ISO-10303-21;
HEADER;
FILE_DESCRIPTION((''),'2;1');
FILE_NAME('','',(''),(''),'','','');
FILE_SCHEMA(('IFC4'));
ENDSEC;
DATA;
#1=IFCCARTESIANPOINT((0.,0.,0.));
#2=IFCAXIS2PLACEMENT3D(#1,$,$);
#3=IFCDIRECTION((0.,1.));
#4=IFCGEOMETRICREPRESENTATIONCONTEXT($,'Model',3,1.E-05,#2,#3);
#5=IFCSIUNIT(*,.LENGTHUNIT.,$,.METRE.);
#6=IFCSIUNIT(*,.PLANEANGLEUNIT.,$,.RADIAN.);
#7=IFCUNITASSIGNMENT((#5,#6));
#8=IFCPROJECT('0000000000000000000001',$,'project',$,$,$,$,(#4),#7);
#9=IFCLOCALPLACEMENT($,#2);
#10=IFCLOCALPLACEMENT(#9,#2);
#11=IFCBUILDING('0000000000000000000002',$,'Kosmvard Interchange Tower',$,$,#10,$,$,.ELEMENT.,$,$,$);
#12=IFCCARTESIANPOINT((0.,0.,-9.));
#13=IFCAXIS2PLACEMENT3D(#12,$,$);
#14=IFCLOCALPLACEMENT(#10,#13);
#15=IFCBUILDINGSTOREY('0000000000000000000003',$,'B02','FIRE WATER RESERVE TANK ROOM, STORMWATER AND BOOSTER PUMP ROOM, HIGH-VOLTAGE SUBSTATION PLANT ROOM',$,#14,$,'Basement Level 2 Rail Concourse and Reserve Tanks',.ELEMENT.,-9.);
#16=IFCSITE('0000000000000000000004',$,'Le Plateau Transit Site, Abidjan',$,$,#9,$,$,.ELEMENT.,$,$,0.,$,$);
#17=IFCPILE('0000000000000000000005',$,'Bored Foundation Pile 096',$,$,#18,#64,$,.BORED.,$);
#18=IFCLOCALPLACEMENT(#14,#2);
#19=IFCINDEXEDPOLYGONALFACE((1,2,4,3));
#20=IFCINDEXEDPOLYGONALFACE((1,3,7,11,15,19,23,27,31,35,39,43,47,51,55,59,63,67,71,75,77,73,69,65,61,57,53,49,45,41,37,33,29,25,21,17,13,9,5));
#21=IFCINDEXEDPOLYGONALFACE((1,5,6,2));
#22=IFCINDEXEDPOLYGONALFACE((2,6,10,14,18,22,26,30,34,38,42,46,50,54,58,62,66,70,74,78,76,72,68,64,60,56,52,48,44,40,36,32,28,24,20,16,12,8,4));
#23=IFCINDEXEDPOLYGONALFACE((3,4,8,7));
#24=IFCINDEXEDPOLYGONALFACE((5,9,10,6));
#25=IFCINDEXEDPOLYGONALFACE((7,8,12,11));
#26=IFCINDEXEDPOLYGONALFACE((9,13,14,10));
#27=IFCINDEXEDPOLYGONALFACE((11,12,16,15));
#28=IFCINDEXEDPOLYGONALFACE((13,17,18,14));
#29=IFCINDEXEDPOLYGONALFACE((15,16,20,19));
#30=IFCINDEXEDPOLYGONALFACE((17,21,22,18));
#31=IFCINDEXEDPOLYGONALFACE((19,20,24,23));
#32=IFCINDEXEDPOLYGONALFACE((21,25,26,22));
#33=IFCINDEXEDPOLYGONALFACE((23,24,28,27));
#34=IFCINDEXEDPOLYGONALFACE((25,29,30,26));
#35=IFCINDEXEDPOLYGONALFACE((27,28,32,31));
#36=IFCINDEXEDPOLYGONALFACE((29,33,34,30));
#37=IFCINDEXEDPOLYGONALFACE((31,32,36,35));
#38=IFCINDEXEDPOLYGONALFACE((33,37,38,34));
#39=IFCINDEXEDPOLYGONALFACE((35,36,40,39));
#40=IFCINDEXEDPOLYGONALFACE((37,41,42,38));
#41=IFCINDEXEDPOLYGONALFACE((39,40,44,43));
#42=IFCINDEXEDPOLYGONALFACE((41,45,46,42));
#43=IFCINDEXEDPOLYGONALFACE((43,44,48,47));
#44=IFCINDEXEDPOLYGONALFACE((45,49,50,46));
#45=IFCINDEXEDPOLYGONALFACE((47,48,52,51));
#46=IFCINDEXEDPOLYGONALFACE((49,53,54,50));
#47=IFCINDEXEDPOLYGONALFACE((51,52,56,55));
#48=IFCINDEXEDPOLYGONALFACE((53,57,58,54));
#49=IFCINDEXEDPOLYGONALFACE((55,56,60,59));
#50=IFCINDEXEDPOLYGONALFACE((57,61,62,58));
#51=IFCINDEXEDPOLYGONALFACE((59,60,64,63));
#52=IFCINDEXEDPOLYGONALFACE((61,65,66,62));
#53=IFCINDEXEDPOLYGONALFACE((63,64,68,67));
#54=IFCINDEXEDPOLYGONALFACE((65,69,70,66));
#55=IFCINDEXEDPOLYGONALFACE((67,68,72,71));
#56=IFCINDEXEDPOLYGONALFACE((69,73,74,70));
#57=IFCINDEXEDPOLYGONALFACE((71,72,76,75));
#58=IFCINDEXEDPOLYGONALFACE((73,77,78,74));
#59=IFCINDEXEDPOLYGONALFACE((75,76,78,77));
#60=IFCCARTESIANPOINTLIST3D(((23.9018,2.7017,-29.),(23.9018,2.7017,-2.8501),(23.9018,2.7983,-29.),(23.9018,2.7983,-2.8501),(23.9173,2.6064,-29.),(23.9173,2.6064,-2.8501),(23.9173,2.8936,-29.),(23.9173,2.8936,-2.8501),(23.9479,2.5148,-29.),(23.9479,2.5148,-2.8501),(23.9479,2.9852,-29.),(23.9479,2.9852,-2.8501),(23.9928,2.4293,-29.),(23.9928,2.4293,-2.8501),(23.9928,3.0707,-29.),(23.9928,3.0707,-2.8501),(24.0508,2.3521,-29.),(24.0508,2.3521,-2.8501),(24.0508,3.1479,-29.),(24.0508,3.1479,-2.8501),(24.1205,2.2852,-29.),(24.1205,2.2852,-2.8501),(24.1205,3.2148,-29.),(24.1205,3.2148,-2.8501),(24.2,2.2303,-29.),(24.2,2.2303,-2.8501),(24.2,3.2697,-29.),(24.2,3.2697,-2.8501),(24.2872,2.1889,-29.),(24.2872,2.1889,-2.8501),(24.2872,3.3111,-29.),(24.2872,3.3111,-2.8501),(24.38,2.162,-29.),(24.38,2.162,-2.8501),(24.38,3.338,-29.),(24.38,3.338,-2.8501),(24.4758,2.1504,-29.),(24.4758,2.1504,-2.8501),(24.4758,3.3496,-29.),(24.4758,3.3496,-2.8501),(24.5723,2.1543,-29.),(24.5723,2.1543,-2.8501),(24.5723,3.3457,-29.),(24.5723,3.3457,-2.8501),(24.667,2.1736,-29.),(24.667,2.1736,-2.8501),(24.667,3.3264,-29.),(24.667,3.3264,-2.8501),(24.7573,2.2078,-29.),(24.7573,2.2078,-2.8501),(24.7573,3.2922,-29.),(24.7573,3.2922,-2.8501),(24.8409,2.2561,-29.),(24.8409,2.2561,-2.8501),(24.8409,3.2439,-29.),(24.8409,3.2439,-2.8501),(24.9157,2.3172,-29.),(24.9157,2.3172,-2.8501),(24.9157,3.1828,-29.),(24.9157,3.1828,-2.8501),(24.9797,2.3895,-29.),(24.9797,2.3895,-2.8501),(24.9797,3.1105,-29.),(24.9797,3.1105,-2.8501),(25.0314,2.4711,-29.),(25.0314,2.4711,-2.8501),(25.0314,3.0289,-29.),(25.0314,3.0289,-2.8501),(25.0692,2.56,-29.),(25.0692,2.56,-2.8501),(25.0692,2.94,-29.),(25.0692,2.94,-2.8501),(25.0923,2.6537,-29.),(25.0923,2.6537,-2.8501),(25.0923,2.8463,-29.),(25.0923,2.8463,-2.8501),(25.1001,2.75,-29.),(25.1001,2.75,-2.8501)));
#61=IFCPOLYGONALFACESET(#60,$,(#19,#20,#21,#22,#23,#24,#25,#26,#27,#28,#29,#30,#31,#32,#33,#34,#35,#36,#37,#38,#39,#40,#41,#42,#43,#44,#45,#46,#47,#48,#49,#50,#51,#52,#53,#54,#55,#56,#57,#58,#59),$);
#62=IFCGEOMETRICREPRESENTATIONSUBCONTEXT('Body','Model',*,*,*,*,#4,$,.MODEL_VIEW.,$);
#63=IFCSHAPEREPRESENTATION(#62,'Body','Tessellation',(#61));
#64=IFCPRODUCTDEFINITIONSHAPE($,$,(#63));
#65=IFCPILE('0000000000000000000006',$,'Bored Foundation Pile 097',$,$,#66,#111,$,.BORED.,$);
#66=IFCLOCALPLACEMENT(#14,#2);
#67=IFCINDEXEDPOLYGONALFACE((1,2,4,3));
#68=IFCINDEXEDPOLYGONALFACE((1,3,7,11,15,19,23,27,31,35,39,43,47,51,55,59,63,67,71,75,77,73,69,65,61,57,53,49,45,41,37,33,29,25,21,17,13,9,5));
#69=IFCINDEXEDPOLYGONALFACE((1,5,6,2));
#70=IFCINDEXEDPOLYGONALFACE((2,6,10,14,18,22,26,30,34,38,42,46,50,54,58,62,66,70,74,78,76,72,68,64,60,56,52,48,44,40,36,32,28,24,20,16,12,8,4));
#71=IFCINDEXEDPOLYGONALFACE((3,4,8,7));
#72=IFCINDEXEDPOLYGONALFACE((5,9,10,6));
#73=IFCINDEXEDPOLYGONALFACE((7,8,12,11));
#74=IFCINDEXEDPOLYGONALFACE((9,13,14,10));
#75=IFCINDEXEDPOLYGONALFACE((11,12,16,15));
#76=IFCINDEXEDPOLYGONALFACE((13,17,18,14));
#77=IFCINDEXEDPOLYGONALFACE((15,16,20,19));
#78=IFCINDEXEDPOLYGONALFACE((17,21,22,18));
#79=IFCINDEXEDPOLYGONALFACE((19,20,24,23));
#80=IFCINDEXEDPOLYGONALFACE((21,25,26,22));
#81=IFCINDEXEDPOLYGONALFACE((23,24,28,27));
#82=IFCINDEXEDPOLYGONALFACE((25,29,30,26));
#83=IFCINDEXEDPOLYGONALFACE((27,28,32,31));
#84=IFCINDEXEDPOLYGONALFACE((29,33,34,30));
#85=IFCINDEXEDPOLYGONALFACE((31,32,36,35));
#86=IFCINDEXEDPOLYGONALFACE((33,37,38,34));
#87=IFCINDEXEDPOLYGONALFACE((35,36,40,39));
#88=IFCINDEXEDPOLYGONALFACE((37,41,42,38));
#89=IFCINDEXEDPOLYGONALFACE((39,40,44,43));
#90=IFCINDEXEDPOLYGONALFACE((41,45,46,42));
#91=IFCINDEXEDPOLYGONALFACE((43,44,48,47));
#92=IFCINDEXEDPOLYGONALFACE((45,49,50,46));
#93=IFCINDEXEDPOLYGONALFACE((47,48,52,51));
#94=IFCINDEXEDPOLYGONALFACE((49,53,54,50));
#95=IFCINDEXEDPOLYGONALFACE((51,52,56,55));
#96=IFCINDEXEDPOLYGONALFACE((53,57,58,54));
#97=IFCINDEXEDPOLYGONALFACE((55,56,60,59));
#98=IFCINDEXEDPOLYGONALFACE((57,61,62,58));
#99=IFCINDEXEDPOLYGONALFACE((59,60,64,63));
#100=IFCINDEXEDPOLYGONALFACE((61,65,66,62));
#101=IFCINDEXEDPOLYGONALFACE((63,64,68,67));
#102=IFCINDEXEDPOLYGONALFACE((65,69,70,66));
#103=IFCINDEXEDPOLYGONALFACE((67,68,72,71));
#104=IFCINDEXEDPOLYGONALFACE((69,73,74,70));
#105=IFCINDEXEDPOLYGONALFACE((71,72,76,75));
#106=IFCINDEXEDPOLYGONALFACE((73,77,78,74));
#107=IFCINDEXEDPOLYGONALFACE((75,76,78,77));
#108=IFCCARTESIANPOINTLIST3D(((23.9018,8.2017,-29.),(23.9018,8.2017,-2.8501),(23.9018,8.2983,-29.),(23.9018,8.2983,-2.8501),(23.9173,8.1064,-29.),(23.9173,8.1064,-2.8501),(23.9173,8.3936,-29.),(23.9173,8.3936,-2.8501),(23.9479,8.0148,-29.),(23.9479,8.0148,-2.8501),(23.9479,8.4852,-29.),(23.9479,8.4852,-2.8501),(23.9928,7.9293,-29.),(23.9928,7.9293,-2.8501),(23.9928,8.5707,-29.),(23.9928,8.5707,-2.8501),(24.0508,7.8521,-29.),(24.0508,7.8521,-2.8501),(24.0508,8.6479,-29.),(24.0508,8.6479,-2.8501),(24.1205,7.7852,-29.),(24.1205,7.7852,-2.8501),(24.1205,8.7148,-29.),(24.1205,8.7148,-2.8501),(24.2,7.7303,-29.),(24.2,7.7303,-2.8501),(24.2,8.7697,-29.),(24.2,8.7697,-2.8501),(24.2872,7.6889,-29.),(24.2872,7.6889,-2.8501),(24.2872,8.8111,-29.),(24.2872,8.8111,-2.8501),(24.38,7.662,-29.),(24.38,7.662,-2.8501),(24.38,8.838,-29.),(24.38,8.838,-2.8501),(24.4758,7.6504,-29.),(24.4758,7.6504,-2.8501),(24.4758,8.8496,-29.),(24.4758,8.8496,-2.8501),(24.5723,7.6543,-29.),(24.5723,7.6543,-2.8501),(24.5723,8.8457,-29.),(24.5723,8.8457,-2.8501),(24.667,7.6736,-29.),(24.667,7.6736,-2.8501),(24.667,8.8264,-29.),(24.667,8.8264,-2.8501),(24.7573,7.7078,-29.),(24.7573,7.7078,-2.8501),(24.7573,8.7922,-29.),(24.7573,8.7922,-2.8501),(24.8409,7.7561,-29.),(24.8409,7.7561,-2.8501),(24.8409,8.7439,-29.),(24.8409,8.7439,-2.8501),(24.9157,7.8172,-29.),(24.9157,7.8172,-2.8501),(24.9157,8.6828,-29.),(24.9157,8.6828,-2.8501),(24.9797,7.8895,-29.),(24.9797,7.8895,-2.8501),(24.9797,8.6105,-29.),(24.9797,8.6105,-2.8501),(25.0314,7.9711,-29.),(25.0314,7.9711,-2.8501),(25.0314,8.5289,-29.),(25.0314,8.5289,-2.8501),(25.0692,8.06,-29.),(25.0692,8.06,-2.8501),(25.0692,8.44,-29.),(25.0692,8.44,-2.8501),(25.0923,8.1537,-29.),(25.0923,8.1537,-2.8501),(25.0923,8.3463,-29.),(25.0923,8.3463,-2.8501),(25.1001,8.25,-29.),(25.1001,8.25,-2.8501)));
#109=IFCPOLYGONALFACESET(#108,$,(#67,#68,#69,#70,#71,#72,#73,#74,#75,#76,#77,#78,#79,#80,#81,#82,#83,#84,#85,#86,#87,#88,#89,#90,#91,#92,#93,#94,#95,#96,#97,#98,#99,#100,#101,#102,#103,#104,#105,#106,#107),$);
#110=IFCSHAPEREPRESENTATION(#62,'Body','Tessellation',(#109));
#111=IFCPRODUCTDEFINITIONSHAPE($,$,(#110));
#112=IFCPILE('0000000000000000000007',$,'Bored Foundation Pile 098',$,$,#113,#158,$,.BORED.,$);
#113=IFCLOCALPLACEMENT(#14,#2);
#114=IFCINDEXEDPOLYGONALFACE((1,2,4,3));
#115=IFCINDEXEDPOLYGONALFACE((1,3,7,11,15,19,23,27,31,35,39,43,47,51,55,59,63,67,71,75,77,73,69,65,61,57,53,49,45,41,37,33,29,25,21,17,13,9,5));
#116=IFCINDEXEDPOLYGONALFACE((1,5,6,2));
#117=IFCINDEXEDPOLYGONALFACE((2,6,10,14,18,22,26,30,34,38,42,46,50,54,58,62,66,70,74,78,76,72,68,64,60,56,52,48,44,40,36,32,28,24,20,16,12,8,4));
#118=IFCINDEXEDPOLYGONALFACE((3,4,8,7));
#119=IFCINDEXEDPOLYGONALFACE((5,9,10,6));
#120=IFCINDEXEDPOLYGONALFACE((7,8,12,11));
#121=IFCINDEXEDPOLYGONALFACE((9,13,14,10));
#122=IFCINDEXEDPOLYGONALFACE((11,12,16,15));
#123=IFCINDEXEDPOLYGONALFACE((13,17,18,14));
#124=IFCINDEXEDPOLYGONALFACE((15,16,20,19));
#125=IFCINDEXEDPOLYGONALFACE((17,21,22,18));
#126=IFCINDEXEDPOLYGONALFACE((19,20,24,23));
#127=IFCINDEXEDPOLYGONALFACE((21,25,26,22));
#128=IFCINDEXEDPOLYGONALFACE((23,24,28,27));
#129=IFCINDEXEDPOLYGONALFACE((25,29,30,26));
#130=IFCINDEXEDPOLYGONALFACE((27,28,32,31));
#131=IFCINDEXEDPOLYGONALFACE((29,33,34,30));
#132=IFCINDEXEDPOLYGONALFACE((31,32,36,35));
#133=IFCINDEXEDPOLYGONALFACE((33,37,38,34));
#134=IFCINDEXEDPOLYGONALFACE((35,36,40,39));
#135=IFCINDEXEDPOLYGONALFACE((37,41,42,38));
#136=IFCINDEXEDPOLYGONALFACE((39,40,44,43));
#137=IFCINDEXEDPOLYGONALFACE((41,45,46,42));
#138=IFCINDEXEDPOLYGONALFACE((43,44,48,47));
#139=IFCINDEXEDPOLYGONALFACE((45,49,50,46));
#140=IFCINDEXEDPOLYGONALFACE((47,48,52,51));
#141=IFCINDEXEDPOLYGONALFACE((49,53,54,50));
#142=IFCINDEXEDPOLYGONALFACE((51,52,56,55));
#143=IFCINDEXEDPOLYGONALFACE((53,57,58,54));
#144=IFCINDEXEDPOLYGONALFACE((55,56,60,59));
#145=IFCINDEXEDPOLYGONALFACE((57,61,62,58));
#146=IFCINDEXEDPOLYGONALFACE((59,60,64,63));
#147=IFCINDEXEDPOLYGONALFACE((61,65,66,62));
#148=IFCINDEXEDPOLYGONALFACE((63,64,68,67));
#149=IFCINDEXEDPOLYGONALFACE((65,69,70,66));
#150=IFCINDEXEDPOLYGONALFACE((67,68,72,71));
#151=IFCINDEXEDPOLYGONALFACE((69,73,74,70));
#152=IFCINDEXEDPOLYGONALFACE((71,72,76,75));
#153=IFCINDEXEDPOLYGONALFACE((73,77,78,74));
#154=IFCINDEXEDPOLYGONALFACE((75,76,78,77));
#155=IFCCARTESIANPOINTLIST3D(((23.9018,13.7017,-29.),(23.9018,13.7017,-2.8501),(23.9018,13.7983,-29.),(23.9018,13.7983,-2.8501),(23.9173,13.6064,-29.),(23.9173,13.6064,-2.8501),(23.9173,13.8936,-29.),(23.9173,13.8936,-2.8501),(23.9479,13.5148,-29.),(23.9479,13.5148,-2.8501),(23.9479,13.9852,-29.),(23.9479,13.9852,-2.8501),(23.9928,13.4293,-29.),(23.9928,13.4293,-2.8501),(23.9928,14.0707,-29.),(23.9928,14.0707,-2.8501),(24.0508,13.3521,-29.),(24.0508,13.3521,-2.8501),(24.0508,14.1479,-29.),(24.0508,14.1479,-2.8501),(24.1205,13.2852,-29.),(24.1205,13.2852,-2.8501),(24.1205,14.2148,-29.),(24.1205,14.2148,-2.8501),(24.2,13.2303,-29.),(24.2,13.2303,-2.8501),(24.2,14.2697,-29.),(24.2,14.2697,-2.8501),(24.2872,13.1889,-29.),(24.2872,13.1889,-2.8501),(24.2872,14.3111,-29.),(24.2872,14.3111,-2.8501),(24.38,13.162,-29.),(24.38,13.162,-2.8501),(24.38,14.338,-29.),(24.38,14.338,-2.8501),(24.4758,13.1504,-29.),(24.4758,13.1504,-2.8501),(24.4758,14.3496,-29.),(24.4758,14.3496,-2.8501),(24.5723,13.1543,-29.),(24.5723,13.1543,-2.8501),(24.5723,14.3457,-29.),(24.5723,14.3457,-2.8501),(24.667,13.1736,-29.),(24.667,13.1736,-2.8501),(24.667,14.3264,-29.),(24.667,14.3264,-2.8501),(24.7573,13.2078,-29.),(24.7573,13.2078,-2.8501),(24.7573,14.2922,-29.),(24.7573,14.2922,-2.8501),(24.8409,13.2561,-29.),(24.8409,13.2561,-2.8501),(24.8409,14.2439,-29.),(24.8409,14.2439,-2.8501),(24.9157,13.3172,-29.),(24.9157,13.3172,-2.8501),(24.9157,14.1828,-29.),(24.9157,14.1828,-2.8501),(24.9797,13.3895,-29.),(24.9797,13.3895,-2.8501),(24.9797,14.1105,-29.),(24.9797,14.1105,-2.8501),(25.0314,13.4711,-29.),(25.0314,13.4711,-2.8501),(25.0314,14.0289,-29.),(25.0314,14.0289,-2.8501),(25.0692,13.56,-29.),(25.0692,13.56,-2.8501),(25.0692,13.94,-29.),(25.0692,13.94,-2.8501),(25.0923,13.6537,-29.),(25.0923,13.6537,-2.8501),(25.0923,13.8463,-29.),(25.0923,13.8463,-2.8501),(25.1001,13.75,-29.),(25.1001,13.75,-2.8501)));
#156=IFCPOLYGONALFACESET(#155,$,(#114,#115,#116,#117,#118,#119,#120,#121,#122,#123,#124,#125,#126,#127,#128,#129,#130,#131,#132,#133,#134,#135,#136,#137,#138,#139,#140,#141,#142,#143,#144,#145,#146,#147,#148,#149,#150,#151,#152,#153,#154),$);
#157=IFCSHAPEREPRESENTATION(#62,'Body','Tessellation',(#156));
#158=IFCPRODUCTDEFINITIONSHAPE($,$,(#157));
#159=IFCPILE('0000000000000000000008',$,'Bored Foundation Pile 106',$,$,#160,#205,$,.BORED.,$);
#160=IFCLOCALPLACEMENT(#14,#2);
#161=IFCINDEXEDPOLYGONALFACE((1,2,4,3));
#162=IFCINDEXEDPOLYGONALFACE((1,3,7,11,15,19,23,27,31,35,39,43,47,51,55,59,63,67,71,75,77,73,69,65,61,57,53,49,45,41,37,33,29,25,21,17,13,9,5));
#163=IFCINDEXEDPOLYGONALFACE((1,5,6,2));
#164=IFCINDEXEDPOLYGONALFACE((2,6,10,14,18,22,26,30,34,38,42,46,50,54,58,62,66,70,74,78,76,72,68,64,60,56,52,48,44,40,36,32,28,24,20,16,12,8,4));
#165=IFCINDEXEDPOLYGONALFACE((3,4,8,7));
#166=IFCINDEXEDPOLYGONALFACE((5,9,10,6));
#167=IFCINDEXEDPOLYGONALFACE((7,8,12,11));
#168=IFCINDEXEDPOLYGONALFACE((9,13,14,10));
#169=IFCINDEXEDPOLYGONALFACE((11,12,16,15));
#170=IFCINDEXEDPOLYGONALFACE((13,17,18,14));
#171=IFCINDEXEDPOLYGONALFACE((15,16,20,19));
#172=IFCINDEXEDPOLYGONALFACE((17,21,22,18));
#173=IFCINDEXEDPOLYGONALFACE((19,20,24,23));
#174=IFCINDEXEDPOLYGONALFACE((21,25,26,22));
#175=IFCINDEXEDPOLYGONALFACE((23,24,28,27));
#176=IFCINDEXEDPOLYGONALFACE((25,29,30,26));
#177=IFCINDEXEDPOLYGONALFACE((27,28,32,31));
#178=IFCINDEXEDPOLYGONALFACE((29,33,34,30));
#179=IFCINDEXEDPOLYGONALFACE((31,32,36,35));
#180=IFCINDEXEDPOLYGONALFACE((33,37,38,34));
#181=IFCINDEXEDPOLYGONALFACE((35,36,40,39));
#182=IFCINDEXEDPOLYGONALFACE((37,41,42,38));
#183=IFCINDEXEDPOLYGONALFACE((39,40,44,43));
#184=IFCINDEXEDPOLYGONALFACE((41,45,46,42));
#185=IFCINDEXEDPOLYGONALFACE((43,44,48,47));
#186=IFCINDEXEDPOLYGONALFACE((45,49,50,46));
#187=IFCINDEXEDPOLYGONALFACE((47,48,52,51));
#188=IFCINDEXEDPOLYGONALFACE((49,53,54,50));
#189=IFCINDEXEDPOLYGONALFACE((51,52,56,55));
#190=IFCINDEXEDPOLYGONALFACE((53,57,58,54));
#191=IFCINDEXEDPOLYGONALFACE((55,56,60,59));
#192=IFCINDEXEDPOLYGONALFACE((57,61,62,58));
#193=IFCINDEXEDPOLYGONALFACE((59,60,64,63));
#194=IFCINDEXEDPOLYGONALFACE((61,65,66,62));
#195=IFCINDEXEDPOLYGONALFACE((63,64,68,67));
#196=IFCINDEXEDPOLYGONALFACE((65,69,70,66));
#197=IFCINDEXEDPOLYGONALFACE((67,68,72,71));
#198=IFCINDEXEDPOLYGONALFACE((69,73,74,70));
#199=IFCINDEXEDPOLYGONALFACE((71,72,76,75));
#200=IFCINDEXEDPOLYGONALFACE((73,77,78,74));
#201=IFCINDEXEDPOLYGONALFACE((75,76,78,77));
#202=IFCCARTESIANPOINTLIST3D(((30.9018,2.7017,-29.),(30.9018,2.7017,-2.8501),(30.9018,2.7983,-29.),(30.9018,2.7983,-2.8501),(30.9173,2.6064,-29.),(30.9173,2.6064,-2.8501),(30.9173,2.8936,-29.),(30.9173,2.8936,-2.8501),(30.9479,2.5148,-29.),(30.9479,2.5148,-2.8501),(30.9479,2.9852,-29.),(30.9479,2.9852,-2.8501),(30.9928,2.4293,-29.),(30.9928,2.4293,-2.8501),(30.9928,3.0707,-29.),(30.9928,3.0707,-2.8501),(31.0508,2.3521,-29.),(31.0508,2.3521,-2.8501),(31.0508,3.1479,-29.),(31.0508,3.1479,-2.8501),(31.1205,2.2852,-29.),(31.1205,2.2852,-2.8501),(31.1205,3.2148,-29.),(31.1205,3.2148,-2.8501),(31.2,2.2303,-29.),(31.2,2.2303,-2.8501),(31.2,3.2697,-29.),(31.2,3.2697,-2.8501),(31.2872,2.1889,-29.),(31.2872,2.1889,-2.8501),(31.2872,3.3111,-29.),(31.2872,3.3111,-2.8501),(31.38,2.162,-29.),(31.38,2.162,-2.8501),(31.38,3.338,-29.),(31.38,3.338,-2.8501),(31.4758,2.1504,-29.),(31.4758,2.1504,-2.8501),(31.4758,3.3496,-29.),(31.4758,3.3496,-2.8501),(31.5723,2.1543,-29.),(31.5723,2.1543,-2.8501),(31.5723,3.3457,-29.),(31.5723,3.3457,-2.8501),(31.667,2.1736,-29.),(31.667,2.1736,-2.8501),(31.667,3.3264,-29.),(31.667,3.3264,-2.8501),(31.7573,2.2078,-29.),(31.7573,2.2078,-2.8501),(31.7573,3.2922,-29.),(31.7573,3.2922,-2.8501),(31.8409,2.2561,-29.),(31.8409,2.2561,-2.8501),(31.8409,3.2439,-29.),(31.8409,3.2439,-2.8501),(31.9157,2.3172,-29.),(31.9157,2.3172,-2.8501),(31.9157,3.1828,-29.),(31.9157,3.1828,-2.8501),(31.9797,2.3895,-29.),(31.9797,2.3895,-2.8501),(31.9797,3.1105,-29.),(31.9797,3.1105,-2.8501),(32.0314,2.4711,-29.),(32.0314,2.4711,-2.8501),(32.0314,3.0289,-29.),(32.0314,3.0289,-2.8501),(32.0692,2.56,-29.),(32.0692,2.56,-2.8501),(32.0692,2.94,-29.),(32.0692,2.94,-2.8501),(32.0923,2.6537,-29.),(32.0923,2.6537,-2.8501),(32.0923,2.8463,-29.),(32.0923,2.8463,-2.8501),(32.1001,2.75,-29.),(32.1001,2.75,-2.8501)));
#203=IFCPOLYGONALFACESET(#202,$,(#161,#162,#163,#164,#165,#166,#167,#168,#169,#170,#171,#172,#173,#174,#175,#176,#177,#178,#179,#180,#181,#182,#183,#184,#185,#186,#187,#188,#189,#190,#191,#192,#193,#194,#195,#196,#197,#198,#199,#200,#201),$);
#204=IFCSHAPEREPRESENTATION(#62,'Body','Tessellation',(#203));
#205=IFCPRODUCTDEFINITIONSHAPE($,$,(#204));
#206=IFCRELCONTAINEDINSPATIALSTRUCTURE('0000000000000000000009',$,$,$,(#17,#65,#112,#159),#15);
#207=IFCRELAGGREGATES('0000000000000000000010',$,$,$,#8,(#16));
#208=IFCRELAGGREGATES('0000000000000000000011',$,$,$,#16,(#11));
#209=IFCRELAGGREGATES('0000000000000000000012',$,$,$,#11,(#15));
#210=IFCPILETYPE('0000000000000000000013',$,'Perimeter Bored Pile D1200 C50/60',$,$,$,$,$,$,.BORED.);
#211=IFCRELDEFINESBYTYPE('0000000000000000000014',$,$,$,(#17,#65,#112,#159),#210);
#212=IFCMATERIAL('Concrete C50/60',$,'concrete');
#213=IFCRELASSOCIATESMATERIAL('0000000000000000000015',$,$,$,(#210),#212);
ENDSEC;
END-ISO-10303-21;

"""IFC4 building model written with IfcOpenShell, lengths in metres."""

from ifc_helpers import new_model, si_unit, direction, frame, origin, origin_2d, place, context, subcontext, project, spatial, circle, extrude, source, transform, mapped, material, material_profile, profile_set, type_object, element, save


model = new_model("IFC4")

# Units and contexts
model_context = context("Model", 3, precision=1e-05, world=origin(), true_north=direction((0.0, 1.0)))
body_context = subcontext(model_context, "Body", "Model", "MODEL_VIEW")
ifc_project = project(units=[si_unit("LENGTHUNIT", "METRE"), si_unit("PLANEANGLEUNIT", "RADIAN")], contexts=[model_context])

# Site, building, storey
site_placement = place(None, origin())
site = spatial("IfcSite", under=ifc_project, at=site_placement, Name="Le Plateau Transit Site, Abidjan", CompositionType="ELEMENT", RefElevation=0.0)
building_placement = place(site_placement, origin())
building = spatial("IfcBuilding", under=site, at=building_placement, Name="Kosmvard Interchange Tower", CompositionType="ELEMENT")
storey_placement = place(building_placement, frame((0.0, 0.0, -9.0)))
storey = spatial("IfcBuildingStorey", under=building, at=storey_placement, Name="B02", Description="FIRE WATER RESERVE TANK ROOM, STORMWATER AND BOOSTER PUMP ROOM, HIGH-VOLTAGE SUBSTATION PLANT ROOM", LongName="Basement Level 2 Rail Concourse and Reserve Tanks", CompositionType="ELEMENT", Elevation=-9.0)

# Piles
ifc_material_1 = material(Name="Concrete C50/60", Category="concrete")
ifc_material_profile_1 = material_profile(ifc_material_1, circle(Radius=0.6001, at=origin_2d()), Name="PILE D1200")
ifc_profile_set_1 = profile_set([ifc_material_profile_1], Name="Concrete C50/60")
pile_type = type_object("IfcPileType", Name="Perimeter Bored Pile D1200 C50/60", PredefinedType="BORED", material=ifc_profile_set_1)
shared_shape_1 = source(origin(), body_context, "Body", "SweptSolid", [
    extrude(circle(Radius=0.6001, at=origin_2d()), origin(), (0.0, 0.0, 1.0), 26.1499),
])
for number, where, z_axis, x_axis, name in (
    (1, (24.5, 2.75, -2.8501), (0.0, 0.0, -1.0), (1.0, 0.0, 0.0), "Bored Foundation Pile 096"),
    (2, (24.5, 8.25, -2.8501), (0.0, 0.0, -1.0), (1.0, 0.0, 0.0), "Bored Foundation Pile 097"),
    (3, (24.5, 13.75, -2.8501), (0.0, 0.0, -1.0), (1.0, 0.0, 0.0), "Bored Foundation Pile 098"),
    (4, (31.5, 2.75, -2.8501), (0.0, 0.0, -1.0), (1.0, 0.0, 0.0), "Bored Foundation Pile 106"),
):
    element("IfcPile", number, at=place(storey_placement, frame(where, z_axis=z_axis, x_axis=x_axis)), inside=storey, type_object=pile_type, Name=name, PredefinedType="BORED", context=body_context, shape_type="MappedRepresentation", body=[
        mapped(shared_shape_1, transform((0.0, 0.0, 0.0), scale=1.0)),
    ])

save(model, "model.ifc")
